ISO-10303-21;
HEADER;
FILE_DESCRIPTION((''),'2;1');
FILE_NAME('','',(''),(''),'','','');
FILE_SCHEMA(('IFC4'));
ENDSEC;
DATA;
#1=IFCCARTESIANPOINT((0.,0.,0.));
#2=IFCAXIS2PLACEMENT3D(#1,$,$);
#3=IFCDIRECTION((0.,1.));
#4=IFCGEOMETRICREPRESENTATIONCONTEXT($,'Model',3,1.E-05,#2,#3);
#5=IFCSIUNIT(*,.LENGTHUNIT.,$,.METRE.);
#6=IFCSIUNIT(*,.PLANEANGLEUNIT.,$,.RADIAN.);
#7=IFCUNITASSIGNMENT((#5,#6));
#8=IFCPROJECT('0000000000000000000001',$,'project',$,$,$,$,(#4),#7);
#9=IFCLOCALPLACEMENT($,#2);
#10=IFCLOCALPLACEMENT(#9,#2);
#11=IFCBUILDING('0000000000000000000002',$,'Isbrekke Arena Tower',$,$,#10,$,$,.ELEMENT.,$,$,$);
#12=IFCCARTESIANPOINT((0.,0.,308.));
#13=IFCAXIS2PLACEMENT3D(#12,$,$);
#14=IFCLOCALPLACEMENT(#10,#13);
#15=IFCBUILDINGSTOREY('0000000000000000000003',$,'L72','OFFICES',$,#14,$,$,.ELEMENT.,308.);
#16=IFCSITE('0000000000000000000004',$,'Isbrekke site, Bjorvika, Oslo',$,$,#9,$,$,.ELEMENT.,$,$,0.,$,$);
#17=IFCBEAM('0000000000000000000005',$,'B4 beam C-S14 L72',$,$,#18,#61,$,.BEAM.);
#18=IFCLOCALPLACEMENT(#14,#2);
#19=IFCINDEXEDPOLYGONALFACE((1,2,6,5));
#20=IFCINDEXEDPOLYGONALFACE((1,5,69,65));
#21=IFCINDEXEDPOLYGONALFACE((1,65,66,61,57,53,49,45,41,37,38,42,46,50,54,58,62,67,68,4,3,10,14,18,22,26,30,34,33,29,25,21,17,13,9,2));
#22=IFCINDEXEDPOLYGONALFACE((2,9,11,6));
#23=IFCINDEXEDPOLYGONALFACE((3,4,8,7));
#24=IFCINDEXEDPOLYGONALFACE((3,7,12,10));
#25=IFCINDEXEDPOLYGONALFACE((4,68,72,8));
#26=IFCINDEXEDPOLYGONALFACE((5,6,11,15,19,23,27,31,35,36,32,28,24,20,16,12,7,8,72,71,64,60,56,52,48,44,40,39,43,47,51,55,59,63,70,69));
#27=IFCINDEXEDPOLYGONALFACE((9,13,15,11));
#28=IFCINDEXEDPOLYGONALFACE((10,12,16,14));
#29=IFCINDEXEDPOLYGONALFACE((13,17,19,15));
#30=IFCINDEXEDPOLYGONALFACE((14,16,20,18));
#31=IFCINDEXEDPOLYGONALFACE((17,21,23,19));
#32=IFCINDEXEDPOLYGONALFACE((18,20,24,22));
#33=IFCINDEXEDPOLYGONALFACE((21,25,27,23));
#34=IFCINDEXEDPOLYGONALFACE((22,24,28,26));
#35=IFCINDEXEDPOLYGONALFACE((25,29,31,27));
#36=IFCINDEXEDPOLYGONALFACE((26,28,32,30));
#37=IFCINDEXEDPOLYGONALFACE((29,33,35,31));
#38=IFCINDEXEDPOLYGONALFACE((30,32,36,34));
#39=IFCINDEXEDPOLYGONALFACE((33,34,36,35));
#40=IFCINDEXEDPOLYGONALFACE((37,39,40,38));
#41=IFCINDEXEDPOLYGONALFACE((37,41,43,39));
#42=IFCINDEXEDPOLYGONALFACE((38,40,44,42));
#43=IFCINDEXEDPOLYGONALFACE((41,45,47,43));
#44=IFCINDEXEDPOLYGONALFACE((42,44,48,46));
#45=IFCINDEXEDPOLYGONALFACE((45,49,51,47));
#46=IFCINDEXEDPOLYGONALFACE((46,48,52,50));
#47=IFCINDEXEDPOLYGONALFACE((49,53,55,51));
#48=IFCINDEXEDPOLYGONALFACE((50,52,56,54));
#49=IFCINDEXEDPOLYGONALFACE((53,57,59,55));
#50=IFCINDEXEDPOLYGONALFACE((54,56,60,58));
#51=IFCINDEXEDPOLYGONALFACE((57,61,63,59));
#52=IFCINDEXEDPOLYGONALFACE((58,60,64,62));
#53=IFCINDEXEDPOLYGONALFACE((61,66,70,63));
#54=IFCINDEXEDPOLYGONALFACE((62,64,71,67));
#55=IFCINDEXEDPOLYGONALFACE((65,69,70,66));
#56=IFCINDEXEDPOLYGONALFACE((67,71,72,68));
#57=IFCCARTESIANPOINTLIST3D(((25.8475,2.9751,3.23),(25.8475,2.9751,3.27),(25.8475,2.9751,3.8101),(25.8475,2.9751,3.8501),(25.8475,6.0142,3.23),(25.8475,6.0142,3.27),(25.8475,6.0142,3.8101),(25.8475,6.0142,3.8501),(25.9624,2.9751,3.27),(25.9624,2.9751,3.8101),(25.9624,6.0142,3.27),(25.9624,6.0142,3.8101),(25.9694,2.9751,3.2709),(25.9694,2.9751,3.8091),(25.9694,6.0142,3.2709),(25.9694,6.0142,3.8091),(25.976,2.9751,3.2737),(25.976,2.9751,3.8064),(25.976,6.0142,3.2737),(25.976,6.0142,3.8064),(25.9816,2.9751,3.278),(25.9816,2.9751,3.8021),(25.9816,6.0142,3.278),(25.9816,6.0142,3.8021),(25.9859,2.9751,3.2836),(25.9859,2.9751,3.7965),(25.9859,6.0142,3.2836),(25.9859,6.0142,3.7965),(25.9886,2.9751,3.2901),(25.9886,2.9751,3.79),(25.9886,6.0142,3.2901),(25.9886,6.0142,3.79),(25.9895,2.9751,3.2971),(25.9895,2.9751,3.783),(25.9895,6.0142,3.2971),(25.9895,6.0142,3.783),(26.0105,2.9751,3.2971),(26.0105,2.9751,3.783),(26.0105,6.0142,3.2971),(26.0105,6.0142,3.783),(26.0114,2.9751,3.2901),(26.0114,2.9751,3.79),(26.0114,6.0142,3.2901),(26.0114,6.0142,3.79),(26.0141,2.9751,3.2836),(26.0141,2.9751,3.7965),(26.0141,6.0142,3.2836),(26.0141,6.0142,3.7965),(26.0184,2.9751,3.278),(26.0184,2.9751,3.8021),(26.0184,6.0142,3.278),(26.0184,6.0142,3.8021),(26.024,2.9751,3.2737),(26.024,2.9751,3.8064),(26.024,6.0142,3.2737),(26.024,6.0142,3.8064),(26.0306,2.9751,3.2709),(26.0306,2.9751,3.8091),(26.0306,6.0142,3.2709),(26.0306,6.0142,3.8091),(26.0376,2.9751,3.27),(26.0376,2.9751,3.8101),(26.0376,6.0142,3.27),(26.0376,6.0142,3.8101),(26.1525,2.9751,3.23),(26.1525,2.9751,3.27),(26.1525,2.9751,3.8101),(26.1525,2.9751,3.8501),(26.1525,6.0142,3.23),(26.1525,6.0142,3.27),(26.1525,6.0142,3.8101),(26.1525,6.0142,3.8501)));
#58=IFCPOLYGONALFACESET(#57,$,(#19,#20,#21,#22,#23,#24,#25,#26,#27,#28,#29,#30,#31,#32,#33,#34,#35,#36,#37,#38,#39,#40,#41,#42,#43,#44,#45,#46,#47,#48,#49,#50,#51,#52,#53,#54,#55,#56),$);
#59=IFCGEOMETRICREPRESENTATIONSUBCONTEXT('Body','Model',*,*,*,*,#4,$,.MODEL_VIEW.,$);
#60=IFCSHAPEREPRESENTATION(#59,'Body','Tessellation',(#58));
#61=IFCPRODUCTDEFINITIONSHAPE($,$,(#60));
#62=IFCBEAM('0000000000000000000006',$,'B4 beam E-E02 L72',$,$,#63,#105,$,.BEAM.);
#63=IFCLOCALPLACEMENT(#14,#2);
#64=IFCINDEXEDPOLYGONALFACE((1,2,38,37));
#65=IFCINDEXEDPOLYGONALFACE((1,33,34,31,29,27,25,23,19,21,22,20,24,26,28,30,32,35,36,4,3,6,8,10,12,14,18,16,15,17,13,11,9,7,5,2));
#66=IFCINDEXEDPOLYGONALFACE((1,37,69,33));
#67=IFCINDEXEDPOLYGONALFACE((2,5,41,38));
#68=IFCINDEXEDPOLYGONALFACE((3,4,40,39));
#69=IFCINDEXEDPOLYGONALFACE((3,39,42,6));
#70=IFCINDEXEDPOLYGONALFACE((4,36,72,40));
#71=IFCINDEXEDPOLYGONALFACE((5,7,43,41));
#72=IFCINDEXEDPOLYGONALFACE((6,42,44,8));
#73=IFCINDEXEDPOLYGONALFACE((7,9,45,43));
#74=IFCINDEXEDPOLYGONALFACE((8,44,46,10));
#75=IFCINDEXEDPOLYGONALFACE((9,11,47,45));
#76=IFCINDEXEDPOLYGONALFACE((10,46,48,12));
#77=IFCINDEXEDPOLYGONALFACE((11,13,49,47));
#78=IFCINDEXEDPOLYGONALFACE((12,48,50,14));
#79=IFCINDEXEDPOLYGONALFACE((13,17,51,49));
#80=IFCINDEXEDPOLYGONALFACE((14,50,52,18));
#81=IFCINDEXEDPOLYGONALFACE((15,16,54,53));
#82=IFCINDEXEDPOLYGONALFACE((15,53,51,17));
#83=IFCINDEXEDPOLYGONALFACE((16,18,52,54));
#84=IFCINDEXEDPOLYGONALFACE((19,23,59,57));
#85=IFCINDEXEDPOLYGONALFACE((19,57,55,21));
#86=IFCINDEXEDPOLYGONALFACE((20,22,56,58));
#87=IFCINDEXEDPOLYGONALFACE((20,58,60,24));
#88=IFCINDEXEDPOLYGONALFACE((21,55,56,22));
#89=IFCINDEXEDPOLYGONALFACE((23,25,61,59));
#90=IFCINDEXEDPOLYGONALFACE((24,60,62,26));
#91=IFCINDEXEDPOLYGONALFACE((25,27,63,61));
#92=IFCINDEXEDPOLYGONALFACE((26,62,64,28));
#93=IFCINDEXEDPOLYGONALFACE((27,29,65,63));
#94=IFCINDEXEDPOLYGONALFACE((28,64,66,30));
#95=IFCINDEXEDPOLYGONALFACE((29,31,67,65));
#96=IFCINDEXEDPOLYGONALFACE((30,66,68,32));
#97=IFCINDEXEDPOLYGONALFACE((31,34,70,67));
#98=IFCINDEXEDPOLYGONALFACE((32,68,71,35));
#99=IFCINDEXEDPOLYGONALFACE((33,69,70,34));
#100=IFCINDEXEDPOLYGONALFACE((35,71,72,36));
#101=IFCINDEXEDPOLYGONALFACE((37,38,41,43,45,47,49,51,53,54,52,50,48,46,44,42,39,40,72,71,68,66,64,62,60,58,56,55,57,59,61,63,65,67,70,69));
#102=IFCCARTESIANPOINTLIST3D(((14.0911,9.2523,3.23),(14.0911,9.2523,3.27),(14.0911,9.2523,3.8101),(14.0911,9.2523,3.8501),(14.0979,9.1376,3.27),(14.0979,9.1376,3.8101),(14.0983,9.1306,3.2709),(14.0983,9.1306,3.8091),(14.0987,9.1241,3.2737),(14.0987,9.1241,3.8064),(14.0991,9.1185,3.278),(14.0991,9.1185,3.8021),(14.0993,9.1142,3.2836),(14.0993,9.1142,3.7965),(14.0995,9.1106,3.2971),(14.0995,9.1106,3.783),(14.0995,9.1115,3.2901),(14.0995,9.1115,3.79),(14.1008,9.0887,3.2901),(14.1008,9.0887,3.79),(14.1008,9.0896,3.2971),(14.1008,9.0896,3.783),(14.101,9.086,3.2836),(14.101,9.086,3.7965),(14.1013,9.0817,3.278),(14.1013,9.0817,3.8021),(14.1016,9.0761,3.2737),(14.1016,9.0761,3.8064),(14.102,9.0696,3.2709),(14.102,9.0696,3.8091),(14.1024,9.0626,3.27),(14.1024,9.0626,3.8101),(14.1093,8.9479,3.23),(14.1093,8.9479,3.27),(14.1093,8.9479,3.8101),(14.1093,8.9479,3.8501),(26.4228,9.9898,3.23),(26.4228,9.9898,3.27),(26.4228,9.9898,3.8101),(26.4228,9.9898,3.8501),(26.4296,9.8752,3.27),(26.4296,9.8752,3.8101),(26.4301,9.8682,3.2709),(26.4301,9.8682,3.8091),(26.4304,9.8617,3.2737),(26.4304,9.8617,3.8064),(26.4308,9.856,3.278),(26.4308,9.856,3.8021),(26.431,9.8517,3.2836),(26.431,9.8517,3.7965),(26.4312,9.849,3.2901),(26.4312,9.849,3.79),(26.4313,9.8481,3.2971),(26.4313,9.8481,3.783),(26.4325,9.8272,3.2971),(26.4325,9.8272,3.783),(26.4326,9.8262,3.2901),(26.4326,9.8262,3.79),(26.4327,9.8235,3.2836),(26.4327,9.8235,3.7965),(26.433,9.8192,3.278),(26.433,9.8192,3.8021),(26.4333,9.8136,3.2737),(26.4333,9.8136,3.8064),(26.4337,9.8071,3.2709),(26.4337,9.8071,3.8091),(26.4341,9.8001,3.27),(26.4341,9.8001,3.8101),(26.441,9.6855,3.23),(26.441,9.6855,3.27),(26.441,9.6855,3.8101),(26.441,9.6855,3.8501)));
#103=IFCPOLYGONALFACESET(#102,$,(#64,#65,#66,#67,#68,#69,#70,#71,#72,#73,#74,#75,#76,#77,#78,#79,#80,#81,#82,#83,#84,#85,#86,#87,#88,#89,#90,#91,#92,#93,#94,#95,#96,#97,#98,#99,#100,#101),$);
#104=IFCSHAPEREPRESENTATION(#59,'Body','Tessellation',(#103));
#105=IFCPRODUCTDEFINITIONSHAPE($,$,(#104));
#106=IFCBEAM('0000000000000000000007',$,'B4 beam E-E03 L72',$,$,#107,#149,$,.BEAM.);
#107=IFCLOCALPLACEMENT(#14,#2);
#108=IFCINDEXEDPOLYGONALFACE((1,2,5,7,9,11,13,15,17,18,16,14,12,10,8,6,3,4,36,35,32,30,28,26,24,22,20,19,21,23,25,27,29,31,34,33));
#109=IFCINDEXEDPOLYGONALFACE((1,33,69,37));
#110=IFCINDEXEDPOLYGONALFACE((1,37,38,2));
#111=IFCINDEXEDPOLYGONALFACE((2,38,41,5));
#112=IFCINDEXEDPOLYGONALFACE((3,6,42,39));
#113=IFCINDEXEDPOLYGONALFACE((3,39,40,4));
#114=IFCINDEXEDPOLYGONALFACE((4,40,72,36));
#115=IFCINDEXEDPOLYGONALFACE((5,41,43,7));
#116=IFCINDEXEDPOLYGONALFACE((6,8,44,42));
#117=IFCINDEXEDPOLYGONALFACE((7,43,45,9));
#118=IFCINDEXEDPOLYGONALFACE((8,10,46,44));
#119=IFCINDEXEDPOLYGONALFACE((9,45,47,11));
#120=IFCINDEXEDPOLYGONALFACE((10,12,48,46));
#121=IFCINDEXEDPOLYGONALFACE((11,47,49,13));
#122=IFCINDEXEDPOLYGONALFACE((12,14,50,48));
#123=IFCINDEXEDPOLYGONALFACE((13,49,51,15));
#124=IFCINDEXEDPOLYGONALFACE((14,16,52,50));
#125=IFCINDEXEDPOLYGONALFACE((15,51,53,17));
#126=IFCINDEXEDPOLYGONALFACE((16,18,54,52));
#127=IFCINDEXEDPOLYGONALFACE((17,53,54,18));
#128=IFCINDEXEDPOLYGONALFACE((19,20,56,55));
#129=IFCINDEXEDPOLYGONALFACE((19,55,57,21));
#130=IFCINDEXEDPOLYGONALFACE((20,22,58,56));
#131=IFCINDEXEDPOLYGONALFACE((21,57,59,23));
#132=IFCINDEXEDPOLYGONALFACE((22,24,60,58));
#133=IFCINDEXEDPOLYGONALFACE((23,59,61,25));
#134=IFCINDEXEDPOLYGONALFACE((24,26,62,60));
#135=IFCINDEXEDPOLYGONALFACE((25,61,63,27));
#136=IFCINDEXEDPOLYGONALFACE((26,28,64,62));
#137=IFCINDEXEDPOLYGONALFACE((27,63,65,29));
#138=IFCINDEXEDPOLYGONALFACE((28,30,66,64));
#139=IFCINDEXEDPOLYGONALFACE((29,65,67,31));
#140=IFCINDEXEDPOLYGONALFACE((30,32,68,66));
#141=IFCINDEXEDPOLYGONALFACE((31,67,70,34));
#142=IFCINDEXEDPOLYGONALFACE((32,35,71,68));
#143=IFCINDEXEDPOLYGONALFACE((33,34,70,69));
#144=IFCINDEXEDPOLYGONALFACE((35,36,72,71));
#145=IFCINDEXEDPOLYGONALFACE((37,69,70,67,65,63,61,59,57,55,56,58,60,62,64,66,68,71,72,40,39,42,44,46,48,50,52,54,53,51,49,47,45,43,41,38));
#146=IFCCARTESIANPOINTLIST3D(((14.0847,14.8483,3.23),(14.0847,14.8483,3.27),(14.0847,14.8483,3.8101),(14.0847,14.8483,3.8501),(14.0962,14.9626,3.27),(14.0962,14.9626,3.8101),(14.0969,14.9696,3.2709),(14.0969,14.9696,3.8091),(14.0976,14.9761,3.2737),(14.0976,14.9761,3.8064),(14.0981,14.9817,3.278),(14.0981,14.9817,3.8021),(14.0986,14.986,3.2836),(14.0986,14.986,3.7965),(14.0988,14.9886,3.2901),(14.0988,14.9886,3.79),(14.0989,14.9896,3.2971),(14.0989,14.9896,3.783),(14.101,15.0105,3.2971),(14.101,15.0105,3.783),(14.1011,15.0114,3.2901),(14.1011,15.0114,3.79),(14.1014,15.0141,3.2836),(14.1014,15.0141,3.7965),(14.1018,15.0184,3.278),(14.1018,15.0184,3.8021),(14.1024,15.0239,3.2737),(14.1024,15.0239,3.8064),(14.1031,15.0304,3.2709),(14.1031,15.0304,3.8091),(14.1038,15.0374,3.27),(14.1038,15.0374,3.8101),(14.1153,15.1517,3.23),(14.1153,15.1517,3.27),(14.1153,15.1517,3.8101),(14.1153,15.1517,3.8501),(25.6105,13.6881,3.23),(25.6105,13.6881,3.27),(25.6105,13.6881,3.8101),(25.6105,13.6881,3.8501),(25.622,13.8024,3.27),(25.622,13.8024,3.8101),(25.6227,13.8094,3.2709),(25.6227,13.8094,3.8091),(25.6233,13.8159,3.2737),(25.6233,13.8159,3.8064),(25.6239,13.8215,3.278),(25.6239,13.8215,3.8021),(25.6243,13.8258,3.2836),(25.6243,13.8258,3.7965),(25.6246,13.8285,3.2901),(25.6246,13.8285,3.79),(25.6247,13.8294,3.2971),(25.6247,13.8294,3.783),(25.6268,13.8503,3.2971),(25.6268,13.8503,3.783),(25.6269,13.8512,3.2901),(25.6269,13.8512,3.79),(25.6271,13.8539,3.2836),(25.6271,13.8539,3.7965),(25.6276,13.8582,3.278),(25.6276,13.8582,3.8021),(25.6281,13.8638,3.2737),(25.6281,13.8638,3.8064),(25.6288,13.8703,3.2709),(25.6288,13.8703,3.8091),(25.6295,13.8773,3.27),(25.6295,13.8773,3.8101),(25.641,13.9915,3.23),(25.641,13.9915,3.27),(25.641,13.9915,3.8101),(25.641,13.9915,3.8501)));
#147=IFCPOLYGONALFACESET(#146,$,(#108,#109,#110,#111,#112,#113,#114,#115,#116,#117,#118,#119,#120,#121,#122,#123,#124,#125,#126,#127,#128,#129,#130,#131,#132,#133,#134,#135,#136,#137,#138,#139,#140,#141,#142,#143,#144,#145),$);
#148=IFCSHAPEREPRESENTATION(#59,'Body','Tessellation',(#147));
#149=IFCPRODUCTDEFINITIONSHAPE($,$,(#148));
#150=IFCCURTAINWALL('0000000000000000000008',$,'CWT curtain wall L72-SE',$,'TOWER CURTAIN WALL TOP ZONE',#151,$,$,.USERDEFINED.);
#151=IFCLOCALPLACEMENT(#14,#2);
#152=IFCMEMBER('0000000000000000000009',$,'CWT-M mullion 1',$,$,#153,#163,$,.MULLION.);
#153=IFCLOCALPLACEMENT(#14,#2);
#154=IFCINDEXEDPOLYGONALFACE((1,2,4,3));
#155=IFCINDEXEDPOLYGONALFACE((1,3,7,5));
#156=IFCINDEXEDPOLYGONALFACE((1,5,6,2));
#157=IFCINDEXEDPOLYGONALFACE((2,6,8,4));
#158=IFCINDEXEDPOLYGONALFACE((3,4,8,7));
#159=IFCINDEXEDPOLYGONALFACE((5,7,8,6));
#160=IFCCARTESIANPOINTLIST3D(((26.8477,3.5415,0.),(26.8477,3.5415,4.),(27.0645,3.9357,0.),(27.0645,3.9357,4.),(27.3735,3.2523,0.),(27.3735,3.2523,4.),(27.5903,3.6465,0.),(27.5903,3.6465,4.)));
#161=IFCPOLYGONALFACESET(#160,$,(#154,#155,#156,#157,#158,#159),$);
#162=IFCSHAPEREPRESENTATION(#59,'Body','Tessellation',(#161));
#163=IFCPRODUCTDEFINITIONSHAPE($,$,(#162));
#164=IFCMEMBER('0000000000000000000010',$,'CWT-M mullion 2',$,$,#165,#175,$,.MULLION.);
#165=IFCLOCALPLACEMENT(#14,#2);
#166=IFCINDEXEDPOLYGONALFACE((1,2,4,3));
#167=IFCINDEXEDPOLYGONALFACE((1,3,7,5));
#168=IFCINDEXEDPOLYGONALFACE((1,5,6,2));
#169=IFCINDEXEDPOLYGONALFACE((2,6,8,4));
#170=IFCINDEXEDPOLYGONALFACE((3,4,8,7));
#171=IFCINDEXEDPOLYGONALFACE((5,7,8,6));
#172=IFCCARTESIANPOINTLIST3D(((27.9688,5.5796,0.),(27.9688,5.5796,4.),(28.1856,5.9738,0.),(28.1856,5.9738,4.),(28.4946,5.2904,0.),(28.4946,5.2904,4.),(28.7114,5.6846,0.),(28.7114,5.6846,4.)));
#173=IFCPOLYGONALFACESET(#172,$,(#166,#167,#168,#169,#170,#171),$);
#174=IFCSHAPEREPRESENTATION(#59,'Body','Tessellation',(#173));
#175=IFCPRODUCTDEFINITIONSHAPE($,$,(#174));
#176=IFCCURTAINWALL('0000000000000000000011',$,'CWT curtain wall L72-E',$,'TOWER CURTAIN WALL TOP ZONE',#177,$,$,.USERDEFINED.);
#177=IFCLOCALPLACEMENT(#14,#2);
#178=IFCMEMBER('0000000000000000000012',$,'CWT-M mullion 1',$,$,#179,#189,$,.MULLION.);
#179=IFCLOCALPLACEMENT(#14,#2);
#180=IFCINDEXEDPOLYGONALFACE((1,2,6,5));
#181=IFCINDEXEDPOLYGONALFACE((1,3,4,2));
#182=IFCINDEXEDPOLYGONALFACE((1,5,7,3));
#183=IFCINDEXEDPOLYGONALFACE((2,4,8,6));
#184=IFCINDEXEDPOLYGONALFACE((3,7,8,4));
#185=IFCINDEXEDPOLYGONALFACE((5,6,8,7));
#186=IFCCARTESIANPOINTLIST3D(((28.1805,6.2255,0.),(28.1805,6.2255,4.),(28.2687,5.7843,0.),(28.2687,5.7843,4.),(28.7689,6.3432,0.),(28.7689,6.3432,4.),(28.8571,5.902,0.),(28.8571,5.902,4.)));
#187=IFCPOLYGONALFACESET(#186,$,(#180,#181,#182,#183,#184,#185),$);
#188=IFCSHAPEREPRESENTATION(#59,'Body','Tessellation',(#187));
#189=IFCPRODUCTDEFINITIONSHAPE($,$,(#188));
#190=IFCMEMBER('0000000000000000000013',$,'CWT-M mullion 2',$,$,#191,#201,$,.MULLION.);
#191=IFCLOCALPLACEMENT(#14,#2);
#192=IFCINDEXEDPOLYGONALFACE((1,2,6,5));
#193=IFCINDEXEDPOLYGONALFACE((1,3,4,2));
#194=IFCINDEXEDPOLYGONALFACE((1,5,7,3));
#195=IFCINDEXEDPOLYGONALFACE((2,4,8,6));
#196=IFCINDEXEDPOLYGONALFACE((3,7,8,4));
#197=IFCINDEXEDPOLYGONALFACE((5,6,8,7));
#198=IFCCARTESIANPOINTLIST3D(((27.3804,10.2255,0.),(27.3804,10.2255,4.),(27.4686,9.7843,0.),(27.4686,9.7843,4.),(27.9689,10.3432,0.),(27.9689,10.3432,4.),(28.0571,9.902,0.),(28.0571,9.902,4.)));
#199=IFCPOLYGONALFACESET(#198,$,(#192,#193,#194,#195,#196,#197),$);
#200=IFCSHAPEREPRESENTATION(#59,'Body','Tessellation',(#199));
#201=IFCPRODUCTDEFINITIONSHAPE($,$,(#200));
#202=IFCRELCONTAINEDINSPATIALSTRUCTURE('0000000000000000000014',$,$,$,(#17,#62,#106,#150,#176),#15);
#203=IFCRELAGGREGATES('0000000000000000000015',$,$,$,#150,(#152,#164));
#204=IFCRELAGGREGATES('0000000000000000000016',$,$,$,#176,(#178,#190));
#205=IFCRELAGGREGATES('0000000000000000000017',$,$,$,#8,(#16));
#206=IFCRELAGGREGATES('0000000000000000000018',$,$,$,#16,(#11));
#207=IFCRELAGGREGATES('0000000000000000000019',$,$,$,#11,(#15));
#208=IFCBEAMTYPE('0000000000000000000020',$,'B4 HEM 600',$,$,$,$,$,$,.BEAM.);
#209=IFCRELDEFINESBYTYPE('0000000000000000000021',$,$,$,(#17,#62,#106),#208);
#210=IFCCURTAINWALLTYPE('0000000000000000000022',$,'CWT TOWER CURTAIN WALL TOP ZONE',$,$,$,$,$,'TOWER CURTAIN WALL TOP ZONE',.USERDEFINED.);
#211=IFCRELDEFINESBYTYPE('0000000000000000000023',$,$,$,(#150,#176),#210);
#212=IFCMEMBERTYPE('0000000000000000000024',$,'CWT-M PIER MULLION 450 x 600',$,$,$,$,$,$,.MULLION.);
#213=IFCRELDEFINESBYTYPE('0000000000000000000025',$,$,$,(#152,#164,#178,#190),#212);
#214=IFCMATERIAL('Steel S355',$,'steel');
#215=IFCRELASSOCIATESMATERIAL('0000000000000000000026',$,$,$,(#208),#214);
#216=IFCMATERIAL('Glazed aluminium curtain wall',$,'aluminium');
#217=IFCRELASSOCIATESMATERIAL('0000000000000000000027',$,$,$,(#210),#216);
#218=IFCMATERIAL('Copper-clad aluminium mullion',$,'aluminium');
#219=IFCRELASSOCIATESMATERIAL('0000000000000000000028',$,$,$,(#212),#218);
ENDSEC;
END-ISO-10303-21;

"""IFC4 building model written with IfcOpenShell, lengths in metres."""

from ifc_helpers import new_model, si_unit, direction, frame, origin, origin_2d, place, context, subcontext, project, spatial, rectangle, i_section, extrude, material, material_profile, profile_set, type_object, element, aggregate, save


model = new_model("IFC4")

# Units and contexts
model_context = context("Model", 3, precision=1e-05, world=origin(), true_north=direction((0.0, 1.0)))
body_context = subcontext(model_context, "Body", "Model", "MODEL_VIEW")
ifc_project = project(units=[si_unit("LENGTHUNIT", "METRE"), si_unit("PLANEANGLEUNIT", "RADIAN")], contexts=[model_context])

# Site, building, storey
site_placement = place(None, origin())
site = spatial("IfcSite", under=ifc_project, at=site_placement, Name="Isbrekke site, Bjorvika, Oslo", CompositionType="ELEMENT", RefElevation=0.0)
building_placement = place(site_placement, origin())
building = spatial("IfcBuilding", under=site, at=building_placement, Name="Isbrekke Arena Tower", CompositionType="ELEMENT")
storey_placement = place(building_placement, frame((0.0, 0.0, 308.0)))
storey = spatial("IfcBuildingStorey", under=building, at=storey_placement, Name="L72", Description="OFFICES", CompositionType="ELEMENT", Elevation=308.0)

# Beams
ifc_material_1 = material(Name="Steel S355", Category="steel")
ifc_material_profile_1 = material_profile(ifc_material_1, i_section(OverallWidth=0.3049, OverallDepth=0.6201, WebThickness=0.021, FlangeThickness=0.04, FilletRadius=0.0271, at=origin_2d()), Name="HEM 600")
ifc_profile_set_1 = profile_set([ifc_material_profile_1], Name="Steel S355")
beam_type_1 = type_object("IfcBeamType", Name="B4 HEM 600", PredefinedType="BEAM", material=ifc_profile_set_1)
beam_1_placement = place(storey_placement, frame((26.0, 2.9751, 3.54), z_axis=(0.0, 1.0, 0.0), x_axis=(-1.0, 0.0, 0.0)))
element("IfcBeam", 1, at=beam_1_placement, inside=storey, type_object=beam_type_1, Name="B4 beam C-S14 L72", PredefinedType="BEAM", context=body_context, shape_type="SweptSolid", body=[
    extrude(i_section(OverallWidth=0.3049, OverallDepth=0.6201, WebThickness=0.021, FlangeThickness=0.04, FilletRadius=0.0271, at=origin_2d()), origin(), (0.0, 0.0, 1.0), 3.0391),
])
beam_2_placement = place(storey_placement, frame((26.4319, 9.8376, 3.54), z_axis=(-0.998216, -0.059702, 0.0), x_axis=(0.059702, -0.998216, 0.0)))
element("IfcBeam", 2, at=beam_2_placement, inside=storey, type_object=beam_type_1, Name="B4 beam E-E02 L72", PredefinedType="BEAM", context=body_context, shape_type="SweptSolid", body=[
    extrude(i_section(OverallWidth=0.3049, OverallDepth=0.6201, WebThickness=0.021, FlangeThickness=0.04, FilletRadius=0.0271, at=origin_2d()), origin(), (0.0, 0.0, 1.0), 12.3538),
])
beam_3_placement = place(storey_placement, frame((25.6257, 13.8398, 3.54), z_axis=(-0.994972, 0.100153, 0.0), x_axis=(-0.100153, -0.994972, 0.0)))
element("IfcBeam", 3, at=beam_3_placement, inside=storey, type_object=beam_type_1, Name="B4 beam E-E03 L72", PredefinedType="BEAM", context=body_context, shape_type="SweptSolid", body=[
    extrude(i_section(OverallWidth=0.3049, OverallDepth=0.6201, WebThickness=0.021, FlangeThickness=0.04, FilletRadius=0.0271, at=origin_2d()), origin(), (0.0, 0.0, 1.0), 11.584),
])

# Curtain walls, members
ifc_material_2 = material(Name="Glazed aluminium curtain wall", Category="aluminium")
curtain_wall_type = type_object("IfcCurtainWallType", Name="CWT TOWER CURTAIN WALL TOP ZONE", ElementType="TOWER CURTAIN WALL TOP ZONE", PredefinedType="USERDEFINED", material=ifc_material_2)
curtain_wall_1_placement = place(storey_placement, origin())
curtain_wall_1 = element("IfcCurtainWall", 4, at=curtain_wall_1_placement, inside=storey, type_object=curtain_wall_type, Name="CWT curtain wall L72-SE", ObjectType="TOWER CURTAIN WALL TOP ZONE", PredefinedType="USERDEFINED")
ifc_material_3 = material(Name="Copper-clad aluminium mullion", Category="aluminium")
ifc_material_profile_2 = material_profile(ifc_material_3, rectangle(XDim=0.45, YDim=0.6001, at=origin_2d()), Name="PIER 450X600")
ifc_profile_set_2 = profile_set([ifc_material_profile_2], Name="Copper-clad aluminium mullion")
member_type_1 = type_object("IfcMemberType", Name="CWT-M PIER MULLION 450 x 600", PredefinedType="MULLION", material=ifc_profile_set_2)
member_1_placement = place(storey_placement, frame((27.219, 3.594, 0.0), z_axis=(0.0, 0.0, 1.0), x_axis=(0.481919, 0.876216, 0.0)))
member_1 = element("IfcMember", 5, at=member_1_placement, type_object=member_type_1, Name="CWT-M mullion 1", PredefinedType="MULLION", context=body_context, shape_type="SweptSolid", body=[
    extrude(rectangle(XDim=0.45, YDim=0.6001, at=origin_2d()), origin(), (0.0, 0.0, 1.0), 4.0),
])
member_2_placement = place(storey_placement, frame((28.3401, 5.6321, 0.0), z_axis=(0.0, 0.0, 1.0), x_axis=(0.481919, 0.876216, 0.0)))
member_2 = element("IfcMember", 6, at=member_2_placement, type_object=member_type_1, Name="CWT-M mullion 2", PredefinedType="MULLION", context=body_context, shape_type="SweptSolid", body=[
    extrude(rectangle(XDim=0.45, YDim=0.6001, at=origin_2d()), origin(), (0.0, 0.0, 1.0), 4.0),
])
curtain_wall_2_placement = place(storey_placement, origin())
curtain_wall_2 = element("IfcCurtainWall", 7, at=curtain_wall_2_placement, inside=storey, type_object=curtain_wall_type, Name="CWT curtain wall L72-E", ObjectType="TOWER CURTAIN WALL TOP ZONE", PredefinedType="USERDEFINED")
member_3_placement = place(storey_placement, frame((28.5188, 6.0637, 0.0), z_axis=(0.0, 0.0, 1.0), x_axis=(-0.196116, 0.980581, 0.0)))
member_3 = element("IfcMember", 8, at=member_3_placement, type_object=member_type_1, Name="CWT-M mullion 1", PredefinedType="MULLION", context=body_context, shape_type="SweptSolid", body=[
    extrude(rectangle(XDim=0.45, YDim=0.6001, at=origin_2d()), origin(), (0.0, 0.0, 1.0), 4.0),
])
member_4_placement = place(storey_placement, frame((27.7188, 10.0637, 0.0), z_axis=(0.0, 0.0, 1.0), x_axis=(-0.196116, 0.980581, 0.0)))
member_4 = element("IfcMember", 9, at=member_4_placement, type_object=member_type_1, Name="CWT-M mullion 2", PredefinedType="MULLION", context=body_context, shape_type="SweptSolid", body=[
    extrude(rectangle(XDim=0.45, YDim=0.6001, at=origin_2d()), origin(), (0.0, 0.0, 1.0), 4.0),
])

aggregate(curtain_wall_1, [member_1, member_2])
aggregate(curtain_wall_2, [member_3, member_4])

save(model, "model.ifc")
